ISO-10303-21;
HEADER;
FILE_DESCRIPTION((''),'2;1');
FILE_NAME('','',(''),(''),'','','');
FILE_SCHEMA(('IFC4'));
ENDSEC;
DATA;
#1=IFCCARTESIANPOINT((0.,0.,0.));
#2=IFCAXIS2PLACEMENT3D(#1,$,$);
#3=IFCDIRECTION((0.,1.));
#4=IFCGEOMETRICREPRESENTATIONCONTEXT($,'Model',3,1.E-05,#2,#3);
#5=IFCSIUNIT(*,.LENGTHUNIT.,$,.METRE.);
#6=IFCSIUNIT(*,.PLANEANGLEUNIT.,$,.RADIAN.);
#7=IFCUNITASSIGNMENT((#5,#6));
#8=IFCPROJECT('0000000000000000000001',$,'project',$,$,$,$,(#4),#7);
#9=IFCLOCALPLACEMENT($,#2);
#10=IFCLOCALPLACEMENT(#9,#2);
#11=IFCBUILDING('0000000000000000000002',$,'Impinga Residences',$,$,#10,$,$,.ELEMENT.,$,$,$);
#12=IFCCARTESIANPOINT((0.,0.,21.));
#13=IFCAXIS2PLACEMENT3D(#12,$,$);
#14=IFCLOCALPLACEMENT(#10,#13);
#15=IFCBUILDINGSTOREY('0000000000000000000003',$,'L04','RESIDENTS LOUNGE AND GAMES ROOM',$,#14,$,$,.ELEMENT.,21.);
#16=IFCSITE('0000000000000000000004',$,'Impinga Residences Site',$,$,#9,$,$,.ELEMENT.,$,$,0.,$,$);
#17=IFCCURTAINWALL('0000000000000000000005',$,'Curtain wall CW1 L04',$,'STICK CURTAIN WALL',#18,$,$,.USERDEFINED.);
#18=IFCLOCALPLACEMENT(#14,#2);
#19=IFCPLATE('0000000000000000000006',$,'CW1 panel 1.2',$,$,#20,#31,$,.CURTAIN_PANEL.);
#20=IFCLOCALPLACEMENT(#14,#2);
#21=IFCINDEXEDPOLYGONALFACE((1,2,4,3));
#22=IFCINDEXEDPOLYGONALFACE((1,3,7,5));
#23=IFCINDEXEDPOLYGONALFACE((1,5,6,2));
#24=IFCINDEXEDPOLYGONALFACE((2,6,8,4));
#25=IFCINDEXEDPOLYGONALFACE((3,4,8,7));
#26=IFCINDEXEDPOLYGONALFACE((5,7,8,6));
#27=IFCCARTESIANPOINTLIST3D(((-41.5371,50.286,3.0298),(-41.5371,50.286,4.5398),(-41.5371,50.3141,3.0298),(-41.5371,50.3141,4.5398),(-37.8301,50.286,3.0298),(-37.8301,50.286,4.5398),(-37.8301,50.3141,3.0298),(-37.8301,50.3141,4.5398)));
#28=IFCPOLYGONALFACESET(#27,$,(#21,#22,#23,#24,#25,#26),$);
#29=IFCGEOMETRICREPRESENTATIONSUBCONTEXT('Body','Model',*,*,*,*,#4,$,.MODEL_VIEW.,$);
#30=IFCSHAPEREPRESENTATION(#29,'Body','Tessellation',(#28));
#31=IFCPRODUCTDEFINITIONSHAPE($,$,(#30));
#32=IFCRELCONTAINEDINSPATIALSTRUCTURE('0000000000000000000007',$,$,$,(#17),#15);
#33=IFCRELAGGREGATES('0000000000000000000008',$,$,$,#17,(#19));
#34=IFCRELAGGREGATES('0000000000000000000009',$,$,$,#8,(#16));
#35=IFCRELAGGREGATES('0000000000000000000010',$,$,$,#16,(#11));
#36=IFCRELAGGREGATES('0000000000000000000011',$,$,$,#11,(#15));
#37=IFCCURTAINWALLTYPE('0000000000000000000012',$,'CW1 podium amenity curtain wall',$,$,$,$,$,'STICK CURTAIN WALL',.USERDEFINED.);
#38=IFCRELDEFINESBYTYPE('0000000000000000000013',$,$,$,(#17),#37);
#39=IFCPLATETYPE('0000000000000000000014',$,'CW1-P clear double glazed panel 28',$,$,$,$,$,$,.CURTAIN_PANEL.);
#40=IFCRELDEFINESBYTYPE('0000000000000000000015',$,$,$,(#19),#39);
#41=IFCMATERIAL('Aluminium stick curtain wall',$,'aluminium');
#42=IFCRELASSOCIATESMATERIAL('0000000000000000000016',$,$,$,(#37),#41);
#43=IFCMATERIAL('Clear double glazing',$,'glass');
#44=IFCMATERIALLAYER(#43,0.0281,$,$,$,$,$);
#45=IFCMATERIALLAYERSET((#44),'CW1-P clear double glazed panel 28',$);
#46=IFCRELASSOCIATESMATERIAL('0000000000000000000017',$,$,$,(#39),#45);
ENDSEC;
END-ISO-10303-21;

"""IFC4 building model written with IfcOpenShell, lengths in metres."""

from ifc_helpers import new_model, si_unit, direction, frame, origin, origin_2d, place, context, subcontext, project, spatial, rectangle, extrude, material, layer, layer_set, type_object, element, aggregate, save


model = new_model("IFC4")

# Units and contexts
model_context = context("Model", 3, precision=1e-05, world=origin(), true_north=direction((0.0, 1.0)))
body_context = subcontext(model_context, "Body", "Model", "MODEL_VIEW")
ifc_project = project(units=[si_unit("LENGTHUNIT", "METRE"), si_unit("PLANEANGLEUNIT", "RADIAN")], contexts=[model_context])

# Site, building, storey
site_placement = place(None, origin())
site = spatial("IfcSite", under=ifc_project, at=site_placement, Name="Impinga Residences Site", CompositionType="ELEMENT", RefElevation=0.0)
building_placement = place(site_placement, origin())
building = spatial("IfcBuilding", under=site, at=building_placement, Name="Impinga Residences", CompositionType="ELEMENT")
storey_placement = place(building_placement, frame((0.0, 0.0, 21.0)))
storey = spatial("IfcBuildingStorey", under=building, at=storey_placement, Name="L04", Description="RESIDENTS LOUNGE AND GAMES ROOM", CompositionType="ELEMENT", Elevation=21.0)

# Shared definitions
ifc_material_1 = material(Name="Aluminium stick curtain wall", Category="aluminium")
curtain_wall_type = type_object("IfcCurtainWallType", Name="CW1 podium amenity curtain wall", ElementType="STICK CURTAIN WALL", PredefinedType="USERDEFINED", material=ifc_material_1)

# Curtain wall
curtain_wall_1_placement = place(storey_placement, origin())
curtain_wall_1 = element("IfcCurtainWall", 1, at=curtain_wall_1_placement, inside=storey, type_object=curtain_wall_type, Name="Curtain wall CW1 L04", ObjectType="STICK CURTAIN WALL", PredefinedType="USERDEFINED")

# Plate
ifc_material_2 = material(Name="Clear double glazing", Category="glass")
ifc_layer = layer(ifc_material_2, 0.0281)
ifc_layer_set = layer_set([ifc_layer], Name="CW1-P clear double glazed panel 28")
plate_type = type_object("IfcPlateType", Name="CW1-P clear double glazed panel 28", PredefinedType="CURTAIN_PANEL", material=ifc_layer_set)
plate_1_placement = place(storey_placement, frame((-39.6836, 50.3, 3.0298), z_axis=(0.0, 0.0, 1.0), x_axis=(1.0, 0.0, 0.0)))
plate_1 = element("IfcPlate", 2, at=plate_1_placement, type_object=plate_type, Name="CW1 panel 1.2", PredefinedType="CURTAIN_PANEL", context=body_context, shape_type="SweptSolid", body=[
    extrude(rectangle(XDim=3.707, YDim=0.0281, at=origin_2d()), origin(), (0.0, 0.0, 1.0), 1.51),
])
aggregate(curtain_wall_1, [plate_1])

save(model, "model.ifc")
